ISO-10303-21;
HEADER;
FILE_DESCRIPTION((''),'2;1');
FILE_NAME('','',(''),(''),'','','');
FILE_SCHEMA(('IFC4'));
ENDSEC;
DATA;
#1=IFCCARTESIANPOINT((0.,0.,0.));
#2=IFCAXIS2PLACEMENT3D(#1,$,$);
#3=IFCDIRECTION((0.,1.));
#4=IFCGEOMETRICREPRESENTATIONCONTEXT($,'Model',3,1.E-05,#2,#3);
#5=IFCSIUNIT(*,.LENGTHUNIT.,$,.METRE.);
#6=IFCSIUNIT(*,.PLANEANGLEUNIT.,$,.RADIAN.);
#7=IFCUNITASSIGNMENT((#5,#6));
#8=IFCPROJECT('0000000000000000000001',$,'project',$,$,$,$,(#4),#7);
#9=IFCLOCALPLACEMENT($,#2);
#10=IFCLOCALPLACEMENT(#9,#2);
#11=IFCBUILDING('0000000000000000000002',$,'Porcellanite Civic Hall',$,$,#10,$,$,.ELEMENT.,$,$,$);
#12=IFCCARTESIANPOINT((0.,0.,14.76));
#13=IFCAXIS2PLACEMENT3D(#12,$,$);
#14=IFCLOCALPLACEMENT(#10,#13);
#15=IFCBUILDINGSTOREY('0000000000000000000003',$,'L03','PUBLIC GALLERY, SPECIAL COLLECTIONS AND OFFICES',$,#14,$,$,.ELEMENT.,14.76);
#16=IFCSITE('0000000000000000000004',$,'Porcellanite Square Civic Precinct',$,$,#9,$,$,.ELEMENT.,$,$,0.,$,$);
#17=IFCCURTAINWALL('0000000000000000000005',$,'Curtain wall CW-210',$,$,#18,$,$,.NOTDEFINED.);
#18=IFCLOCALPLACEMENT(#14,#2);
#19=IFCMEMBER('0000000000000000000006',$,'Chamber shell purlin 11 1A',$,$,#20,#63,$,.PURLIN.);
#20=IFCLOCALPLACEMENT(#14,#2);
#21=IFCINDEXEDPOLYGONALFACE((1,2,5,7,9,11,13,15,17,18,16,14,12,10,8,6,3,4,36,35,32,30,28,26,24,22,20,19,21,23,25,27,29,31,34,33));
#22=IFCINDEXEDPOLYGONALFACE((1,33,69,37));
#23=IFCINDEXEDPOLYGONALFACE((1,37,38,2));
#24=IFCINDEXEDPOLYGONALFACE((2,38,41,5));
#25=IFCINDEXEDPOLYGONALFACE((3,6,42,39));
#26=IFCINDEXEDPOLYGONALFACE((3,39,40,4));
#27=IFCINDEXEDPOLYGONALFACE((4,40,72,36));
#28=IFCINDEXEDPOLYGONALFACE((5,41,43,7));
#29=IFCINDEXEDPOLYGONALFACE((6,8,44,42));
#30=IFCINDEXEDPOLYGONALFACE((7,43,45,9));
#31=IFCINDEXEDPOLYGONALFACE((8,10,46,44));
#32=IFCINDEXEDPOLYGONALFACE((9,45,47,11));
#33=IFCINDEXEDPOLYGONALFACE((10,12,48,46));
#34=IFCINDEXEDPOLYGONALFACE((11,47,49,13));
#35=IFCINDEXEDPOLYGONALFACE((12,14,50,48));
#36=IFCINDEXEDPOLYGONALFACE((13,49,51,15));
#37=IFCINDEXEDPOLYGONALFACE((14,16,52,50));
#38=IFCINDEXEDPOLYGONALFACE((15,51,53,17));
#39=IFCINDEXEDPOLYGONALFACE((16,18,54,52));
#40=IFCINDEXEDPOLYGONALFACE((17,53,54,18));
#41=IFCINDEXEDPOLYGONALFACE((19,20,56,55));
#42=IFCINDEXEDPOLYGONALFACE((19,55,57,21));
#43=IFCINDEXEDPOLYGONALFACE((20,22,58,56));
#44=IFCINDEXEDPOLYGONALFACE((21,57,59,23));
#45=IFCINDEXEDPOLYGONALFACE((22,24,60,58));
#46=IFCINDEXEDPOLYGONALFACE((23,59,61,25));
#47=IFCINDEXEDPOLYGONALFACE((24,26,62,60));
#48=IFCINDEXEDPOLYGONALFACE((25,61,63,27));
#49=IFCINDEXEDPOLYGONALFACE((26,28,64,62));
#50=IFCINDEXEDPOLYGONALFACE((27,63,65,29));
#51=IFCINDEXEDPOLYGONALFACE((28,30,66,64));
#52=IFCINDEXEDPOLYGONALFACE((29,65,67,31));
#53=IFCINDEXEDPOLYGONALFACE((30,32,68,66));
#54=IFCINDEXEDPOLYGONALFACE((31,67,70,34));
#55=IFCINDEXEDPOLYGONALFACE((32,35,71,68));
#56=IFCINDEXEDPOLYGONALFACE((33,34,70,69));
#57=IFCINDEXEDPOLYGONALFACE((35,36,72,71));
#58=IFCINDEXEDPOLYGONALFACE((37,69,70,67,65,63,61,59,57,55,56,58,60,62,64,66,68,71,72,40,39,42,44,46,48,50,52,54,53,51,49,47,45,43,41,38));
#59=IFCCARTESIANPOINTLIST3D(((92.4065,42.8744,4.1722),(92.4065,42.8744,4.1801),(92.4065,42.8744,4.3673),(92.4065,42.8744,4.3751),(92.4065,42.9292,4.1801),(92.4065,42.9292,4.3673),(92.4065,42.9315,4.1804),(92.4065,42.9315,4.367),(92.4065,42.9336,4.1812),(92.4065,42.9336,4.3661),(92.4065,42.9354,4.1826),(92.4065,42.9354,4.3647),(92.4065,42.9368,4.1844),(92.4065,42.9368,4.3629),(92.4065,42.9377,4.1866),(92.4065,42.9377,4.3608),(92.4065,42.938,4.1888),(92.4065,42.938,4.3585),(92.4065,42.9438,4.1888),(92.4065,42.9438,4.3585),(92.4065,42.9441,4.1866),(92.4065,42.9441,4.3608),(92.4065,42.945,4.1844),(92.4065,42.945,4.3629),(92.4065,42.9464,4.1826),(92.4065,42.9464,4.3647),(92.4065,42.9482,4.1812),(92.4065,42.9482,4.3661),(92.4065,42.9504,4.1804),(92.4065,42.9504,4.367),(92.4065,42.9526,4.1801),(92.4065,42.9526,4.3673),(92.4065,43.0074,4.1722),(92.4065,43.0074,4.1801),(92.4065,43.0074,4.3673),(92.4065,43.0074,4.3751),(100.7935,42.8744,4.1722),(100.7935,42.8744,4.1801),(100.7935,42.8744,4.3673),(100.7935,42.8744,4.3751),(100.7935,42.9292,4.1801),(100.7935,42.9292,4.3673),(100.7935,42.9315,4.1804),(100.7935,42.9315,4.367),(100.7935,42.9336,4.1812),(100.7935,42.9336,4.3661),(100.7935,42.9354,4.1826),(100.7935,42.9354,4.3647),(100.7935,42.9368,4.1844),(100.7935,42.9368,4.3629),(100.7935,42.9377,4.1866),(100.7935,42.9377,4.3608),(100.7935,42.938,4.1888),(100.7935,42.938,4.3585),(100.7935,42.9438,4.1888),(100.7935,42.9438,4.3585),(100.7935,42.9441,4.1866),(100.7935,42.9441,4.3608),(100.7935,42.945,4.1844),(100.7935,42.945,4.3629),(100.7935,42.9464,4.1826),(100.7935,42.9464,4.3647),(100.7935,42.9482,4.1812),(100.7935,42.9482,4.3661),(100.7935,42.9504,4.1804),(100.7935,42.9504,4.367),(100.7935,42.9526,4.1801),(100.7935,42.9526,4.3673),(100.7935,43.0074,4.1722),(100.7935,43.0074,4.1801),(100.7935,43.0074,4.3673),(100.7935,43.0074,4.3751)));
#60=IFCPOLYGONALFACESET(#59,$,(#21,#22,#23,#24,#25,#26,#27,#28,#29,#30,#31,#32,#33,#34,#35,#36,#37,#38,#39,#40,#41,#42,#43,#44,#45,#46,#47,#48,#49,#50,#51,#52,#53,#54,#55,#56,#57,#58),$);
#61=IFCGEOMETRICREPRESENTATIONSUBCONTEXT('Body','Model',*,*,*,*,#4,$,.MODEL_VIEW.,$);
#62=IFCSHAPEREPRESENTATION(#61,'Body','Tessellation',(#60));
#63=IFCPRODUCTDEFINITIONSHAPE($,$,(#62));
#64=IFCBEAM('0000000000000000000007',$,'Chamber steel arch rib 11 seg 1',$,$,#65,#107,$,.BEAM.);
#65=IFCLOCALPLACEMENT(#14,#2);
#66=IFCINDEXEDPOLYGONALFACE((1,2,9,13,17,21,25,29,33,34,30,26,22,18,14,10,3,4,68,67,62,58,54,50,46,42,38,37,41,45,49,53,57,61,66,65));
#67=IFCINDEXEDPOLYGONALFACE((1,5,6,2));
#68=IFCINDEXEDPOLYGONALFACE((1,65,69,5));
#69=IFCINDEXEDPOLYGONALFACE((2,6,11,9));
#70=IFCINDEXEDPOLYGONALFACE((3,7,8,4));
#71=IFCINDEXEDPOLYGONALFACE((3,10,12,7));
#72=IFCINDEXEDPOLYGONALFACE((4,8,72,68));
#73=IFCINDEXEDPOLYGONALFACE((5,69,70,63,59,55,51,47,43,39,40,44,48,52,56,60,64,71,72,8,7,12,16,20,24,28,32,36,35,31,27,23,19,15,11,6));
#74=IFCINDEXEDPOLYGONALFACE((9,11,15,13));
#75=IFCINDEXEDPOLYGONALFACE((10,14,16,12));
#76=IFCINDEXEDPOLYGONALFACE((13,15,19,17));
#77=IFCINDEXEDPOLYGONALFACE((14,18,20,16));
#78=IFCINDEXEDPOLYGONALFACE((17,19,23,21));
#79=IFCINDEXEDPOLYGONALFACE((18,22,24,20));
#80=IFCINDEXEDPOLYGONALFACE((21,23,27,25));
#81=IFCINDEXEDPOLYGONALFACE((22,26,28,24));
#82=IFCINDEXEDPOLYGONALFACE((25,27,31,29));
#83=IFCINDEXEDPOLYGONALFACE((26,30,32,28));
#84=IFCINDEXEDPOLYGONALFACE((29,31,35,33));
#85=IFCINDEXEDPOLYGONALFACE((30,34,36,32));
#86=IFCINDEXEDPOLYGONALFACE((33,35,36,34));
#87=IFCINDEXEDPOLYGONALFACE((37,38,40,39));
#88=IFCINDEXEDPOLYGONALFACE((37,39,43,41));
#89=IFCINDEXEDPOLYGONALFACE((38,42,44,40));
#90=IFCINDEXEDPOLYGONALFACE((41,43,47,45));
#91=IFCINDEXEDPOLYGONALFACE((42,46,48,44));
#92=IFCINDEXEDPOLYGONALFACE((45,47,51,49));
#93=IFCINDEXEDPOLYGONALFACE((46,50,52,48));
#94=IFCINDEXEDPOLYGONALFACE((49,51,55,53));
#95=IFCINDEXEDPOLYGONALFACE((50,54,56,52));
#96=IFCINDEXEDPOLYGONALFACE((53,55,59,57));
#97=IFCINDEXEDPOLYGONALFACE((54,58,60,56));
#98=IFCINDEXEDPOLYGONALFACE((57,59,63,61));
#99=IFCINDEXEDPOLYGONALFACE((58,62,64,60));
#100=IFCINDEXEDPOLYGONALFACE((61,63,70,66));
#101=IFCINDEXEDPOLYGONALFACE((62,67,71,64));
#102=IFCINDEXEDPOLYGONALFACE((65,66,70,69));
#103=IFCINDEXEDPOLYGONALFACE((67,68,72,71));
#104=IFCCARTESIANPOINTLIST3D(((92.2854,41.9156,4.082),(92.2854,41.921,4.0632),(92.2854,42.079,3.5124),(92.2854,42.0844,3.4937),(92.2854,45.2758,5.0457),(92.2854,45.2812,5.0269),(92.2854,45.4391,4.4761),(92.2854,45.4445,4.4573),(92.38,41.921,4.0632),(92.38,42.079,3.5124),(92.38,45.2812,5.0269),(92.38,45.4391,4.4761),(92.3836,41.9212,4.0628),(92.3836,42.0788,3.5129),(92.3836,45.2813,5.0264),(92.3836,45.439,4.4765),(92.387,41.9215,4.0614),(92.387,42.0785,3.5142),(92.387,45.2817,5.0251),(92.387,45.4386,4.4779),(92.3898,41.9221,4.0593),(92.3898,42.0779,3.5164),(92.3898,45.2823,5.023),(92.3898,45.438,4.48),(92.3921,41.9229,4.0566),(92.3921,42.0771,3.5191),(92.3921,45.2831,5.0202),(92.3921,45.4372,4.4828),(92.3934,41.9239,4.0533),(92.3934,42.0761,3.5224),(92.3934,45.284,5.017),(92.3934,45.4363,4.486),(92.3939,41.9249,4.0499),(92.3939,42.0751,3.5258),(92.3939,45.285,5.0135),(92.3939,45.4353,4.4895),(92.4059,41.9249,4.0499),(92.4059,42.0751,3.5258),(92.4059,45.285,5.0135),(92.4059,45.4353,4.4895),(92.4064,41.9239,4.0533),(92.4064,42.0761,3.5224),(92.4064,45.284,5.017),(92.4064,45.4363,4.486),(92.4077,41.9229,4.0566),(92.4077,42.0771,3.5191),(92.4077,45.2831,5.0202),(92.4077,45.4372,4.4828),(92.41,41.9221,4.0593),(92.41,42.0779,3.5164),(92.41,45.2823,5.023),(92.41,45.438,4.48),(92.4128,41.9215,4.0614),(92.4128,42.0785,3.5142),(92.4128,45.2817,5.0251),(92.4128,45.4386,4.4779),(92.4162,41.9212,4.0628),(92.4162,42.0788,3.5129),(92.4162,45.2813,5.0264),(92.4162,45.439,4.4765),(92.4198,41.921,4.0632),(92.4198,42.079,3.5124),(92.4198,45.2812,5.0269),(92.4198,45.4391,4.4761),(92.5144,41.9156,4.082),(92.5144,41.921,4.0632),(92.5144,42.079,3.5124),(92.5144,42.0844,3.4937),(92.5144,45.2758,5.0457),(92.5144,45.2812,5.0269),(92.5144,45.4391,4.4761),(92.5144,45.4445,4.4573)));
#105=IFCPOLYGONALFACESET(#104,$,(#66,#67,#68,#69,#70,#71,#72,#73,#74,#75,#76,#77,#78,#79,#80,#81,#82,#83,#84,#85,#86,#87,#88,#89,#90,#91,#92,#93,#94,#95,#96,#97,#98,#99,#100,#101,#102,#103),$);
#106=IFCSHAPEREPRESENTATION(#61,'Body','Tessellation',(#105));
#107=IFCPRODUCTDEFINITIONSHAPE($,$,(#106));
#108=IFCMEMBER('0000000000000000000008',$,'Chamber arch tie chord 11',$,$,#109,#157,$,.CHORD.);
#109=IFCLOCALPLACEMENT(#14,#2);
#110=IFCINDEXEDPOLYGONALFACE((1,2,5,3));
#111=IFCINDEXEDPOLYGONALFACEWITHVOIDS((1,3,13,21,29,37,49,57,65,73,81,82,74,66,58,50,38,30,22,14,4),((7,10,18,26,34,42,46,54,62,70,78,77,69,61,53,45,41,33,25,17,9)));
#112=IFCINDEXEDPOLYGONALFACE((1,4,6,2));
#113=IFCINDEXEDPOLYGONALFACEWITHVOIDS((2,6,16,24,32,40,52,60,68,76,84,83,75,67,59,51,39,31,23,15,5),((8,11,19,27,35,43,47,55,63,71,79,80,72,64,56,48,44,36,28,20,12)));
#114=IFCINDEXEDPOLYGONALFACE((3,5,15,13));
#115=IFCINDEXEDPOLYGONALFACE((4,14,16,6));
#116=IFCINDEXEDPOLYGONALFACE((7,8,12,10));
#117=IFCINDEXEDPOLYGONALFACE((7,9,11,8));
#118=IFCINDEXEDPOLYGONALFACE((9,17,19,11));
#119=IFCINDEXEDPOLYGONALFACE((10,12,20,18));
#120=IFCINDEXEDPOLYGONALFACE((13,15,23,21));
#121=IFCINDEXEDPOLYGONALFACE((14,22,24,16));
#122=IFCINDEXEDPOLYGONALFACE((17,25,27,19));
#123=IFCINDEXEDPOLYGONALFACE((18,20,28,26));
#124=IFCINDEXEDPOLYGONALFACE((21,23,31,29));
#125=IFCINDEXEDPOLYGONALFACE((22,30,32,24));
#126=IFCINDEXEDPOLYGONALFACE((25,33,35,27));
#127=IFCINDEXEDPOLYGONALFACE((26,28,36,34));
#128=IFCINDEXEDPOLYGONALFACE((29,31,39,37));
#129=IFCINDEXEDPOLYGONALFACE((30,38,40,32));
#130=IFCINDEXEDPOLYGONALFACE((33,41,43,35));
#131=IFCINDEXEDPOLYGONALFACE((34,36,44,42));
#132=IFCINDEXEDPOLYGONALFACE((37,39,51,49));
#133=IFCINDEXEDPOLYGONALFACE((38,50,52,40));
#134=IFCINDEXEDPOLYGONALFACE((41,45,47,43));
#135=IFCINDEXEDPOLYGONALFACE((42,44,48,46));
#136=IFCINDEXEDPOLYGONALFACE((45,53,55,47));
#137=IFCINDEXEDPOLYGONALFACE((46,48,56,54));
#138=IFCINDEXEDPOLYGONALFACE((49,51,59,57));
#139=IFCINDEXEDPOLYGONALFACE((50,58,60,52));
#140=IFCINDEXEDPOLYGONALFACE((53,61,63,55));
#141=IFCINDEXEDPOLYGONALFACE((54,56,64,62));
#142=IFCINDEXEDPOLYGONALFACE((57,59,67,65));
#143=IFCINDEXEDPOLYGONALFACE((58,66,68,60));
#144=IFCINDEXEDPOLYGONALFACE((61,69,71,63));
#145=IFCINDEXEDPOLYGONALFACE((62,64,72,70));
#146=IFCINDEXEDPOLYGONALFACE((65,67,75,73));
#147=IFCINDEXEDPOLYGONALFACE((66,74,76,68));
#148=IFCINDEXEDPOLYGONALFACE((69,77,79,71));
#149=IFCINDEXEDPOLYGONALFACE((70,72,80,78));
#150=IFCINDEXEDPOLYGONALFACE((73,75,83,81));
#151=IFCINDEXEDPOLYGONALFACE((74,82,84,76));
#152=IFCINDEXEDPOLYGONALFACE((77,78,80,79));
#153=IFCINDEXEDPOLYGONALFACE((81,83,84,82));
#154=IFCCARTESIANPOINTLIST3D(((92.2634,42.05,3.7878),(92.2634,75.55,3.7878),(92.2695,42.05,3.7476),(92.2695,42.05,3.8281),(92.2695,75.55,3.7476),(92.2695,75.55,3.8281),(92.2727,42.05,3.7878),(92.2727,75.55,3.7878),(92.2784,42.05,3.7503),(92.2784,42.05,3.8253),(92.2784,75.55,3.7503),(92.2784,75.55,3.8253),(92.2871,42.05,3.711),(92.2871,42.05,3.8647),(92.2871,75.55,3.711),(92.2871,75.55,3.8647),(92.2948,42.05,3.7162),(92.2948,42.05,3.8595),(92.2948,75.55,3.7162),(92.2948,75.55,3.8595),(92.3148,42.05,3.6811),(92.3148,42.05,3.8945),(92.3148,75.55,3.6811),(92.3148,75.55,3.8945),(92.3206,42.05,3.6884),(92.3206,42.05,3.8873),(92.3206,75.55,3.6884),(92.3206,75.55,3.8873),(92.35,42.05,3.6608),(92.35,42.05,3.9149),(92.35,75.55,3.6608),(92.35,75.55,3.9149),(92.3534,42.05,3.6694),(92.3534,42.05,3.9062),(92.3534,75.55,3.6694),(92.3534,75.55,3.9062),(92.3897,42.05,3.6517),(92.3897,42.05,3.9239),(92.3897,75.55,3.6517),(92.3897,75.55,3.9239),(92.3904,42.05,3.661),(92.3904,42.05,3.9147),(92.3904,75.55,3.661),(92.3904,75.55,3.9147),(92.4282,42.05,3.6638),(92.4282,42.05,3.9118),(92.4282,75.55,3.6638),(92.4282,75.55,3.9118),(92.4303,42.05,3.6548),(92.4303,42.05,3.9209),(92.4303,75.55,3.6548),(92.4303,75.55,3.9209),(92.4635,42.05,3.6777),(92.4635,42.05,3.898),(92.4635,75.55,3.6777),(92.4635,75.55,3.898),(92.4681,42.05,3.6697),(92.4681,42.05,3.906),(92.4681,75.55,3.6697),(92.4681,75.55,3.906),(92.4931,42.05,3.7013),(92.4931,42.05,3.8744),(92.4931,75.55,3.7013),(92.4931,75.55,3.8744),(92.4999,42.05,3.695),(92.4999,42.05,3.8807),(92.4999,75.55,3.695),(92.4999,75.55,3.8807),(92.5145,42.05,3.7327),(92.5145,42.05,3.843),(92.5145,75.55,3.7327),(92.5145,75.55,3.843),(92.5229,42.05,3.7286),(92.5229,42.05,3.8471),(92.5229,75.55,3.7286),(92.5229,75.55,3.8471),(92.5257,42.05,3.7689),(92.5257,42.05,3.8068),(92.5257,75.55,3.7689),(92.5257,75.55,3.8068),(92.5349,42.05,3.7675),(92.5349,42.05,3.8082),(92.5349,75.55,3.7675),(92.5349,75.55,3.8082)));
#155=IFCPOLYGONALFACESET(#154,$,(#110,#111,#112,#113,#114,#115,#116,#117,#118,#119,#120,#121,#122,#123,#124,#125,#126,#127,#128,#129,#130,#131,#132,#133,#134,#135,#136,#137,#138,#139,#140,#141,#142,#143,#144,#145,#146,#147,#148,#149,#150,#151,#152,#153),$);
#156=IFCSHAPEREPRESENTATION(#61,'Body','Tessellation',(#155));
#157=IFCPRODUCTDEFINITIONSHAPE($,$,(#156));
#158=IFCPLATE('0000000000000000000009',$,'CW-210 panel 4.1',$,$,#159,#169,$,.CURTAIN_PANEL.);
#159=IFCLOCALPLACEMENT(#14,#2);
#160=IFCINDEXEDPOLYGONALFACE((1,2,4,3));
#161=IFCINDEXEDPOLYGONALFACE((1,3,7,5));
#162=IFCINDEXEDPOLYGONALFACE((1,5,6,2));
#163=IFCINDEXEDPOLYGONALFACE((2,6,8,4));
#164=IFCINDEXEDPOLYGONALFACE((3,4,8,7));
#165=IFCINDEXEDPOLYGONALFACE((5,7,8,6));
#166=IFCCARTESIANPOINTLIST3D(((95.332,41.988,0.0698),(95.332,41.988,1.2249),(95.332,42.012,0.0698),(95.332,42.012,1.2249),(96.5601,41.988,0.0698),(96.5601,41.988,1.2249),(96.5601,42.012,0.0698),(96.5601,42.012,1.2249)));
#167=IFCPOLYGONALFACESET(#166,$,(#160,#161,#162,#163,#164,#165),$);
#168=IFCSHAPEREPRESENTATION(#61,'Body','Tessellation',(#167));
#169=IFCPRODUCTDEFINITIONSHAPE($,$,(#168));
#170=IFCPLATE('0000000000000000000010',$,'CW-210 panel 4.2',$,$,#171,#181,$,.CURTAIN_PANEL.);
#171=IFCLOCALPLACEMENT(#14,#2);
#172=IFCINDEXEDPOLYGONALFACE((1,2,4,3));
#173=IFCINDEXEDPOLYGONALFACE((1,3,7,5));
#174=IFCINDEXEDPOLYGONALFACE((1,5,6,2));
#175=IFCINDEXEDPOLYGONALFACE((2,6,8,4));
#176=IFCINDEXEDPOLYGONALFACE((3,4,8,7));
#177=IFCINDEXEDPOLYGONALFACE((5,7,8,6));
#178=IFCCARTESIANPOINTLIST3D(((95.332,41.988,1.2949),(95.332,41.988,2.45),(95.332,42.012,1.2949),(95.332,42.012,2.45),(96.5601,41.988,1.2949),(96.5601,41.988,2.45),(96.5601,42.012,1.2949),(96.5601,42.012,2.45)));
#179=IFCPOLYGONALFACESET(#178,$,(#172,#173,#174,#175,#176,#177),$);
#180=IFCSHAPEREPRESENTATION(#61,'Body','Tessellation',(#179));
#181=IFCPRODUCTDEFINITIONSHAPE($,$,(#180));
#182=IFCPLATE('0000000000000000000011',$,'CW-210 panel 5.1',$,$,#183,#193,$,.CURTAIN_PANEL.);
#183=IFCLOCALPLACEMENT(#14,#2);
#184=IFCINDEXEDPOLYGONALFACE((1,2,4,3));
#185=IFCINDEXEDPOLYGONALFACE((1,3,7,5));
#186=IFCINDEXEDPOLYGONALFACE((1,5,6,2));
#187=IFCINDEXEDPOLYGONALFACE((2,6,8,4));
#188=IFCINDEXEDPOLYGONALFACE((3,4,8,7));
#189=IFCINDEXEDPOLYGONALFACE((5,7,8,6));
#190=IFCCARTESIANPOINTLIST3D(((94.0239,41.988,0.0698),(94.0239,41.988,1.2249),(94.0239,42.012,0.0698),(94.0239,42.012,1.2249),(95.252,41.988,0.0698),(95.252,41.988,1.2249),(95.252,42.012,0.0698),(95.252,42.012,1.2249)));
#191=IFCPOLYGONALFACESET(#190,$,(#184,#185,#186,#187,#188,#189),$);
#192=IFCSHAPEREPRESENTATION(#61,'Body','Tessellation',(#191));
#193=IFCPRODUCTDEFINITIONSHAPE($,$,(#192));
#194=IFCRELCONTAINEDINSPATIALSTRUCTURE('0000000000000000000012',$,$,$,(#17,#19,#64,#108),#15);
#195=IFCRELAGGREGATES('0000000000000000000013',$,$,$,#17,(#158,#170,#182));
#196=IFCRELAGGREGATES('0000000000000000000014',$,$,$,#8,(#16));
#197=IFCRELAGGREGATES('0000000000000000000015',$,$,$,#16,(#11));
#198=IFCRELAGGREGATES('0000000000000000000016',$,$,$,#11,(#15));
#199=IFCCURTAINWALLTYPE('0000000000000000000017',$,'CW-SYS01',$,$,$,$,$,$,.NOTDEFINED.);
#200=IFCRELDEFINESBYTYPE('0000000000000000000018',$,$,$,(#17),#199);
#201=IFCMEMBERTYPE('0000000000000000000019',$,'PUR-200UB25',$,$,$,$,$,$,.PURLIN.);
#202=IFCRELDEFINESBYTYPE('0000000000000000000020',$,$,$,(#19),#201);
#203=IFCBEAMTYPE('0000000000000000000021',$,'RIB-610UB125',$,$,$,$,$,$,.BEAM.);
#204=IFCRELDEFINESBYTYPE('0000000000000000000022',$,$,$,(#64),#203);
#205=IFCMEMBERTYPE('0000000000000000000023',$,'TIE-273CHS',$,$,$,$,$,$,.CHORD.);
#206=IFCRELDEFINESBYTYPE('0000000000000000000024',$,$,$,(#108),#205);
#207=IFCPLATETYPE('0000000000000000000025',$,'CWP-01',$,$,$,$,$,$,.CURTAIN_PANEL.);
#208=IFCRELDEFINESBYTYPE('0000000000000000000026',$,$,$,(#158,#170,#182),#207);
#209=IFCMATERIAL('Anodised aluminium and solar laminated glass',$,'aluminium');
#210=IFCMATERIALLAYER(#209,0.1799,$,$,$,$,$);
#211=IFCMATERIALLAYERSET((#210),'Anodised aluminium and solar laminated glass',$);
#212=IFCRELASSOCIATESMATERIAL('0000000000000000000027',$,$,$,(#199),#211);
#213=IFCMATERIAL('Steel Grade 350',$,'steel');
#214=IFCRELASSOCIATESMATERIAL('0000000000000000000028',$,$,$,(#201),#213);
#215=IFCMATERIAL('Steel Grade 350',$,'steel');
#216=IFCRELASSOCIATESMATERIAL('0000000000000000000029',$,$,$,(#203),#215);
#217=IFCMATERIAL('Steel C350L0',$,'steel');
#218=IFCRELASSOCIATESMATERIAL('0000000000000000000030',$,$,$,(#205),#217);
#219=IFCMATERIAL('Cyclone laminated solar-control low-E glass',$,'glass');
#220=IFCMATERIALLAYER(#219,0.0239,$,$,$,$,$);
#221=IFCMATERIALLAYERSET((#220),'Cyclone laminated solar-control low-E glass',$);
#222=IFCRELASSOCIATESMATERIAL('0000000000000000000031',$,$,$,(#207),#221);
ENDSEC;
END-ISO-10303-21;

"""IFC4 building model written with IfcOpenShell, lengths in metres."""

from ifc_helpers import new_model, si_unit, direction, frame, origin, origin_2d, place, context, subcontext, project, spatial, rectangle, hollow_circle, i_section, extrude, material, layer, layer_set, material_profile, profile_set, type_object, element, aggregate, save


model = new_model("IFC4")

# Units and contexts
model_context = context("Model", 3, precision=1e-05, world=origin(), true_north=direction((0.0, 1.0)))
body_context = subcontext(model_context, "Body", "Model", "MODEL_VIEW")
ifc_project = project(units=[si_unit("LENGTHUNIT", "METRE"), si_unit("PLANEANGLEUNIT", "RADIAN")], contexts=[model_context])

# Site, building, storey
site_placement = place(None, origin())
site = spatial("IfcSite", under=ifc_project, at=site_placement, Name="Porcellanite Square Civic Precinct", CompositionType="ELEMENT", RefElevation=0.0)
building_placement = place(site_placement, origin())
building = spatial("IfcBuilding", under=site, at=building_placement, Name="Porcellanite Civic Hall", CompositionType="ELEMENT")
storey_placement = place(building_placement, frame((0.0, 0.0, 14.76)))
storey = spatial("IfcBuildingStorey", under=building, at=storey_placement, Name="L03", Description="PUBLIC GALLERY, SPECIAL COLLECTIONS AND OFFICES", CompositionType="ELEMENT", Elevation=14.76)

# Curtain wall
ifc_material_1 = material(Name="Anodised aluminium and solar laminated glass", Category="aluminium")
ifc_layer_1 = layer(ifc_material_1, 0.1799)
ifc_layer_set_1 = layer_set([ifc_layer_1], Name="Anodised aluminium and solar laminated glass")
curtain_wall_type = type_object("IfcCurtainWallType", Name="CW-SYS01", PredefinedType="NOTDEFINED", material=ifc_layer_set_1)
curtain_wall_placement = place(storey_placement, origin())
curtain_wall = element("IfcCurtainWall", 1, at=curtain_wall_placement, inside=storey, type_object=curtain_wall_type, Name="Curtain wall CW-210", PredefinedType="NOTDEFINED")

# Member
ifc_material_2 = material(Name="Steel Grade 350", Category="steel")
ifc_material_profile_1 = material_profile(ifc_material_2, i_section(OverallWidth=0.1331, OverallDepth=0.2029, WebThickness=0.0059, FlangeThickness=0.0078, FilletRadius=0.0088, at=origin_2d()), Name="200UB25.4")
ifc_profile_set_1 = profile_set([ifc_material_profile_1], Name="Steel Grade 350")
member_type_1 = type_object("IfcMemberType", Name="PUR-200UB25", PredefinedType="PURLIN", material=ifc_profile_set_1)
member_1_placement = place(storey_placement, frame((92.4065, 42.9409, 4.2737), z_axis=(1.0, 0.0, 0.0), x_axis=(0.0, 1.0, 0.0)))
element("IfcMember", 2, at=member_1_placement, inside=storey, type_object=member_type_1, Name="Chamber shell purlin 11 1A", PredefinedType="PURLIN", context=body_context, shape_type="SweptSolid", body=[
    extrude(i_section(OverallWidth=0.1331, OverallDepth=0.2029, WebThickness=0.0059, FlangeThickness=0.0078, FilletRadius=0.0088, at=origin_2d()), origin(), (0.0, 0.0, 1.0), 8.387),
])

# Beam
ifc_material_3 = material(Name="Steel Grade 350", Category="steel")
ifc_material_profile_2 = material_profile(ifc_material_3, i_section(OverallWidth=0.229, OverallDepth=0.6121, WebThickness=0.012, FlangeThickness=0.0195, FilletRadius=0.0139, at=origin_2d()), Name="610UB125")
ifc_profile_set_2 = profile_set([ifc_material_profile_2], Name="Steel Grade 350")
beam_type_1 = type_object("IfcBeamType", Name="RIB-610UB125", PredefinedType="BEAM", material=ifc_profile_set_2)
beam_1_placement = place(storey_placement, frame((92.3999, 42.0, 3.7878), z_axis=(0.0, 0.961252, 0.275671), x_axis=(-1.0, 0.0, 0.0)))
element("IfcBeam", 3, at=beam_1_placement, inside=storey, type_object=beam_type_1, Name="Chamber steel arch rib 11 seg 1", PredefinedType="BEAM", context=body_context, shape_type="SweptSolid", body=[
    extrude(i_section(OverallWidth=0.229, OverallDepth=0.6121, WebThickness=0.012, FlangeThickness=0.0195, FilletRadius=0.0139, at=origin_2d()), origin(), (0.0, 0.0, 1.0), 3.4956),
])

# Member
ifc_material_4 = material(Name="Steel C350L0", Category="steel")
ifc_material_profile_3 = material_profile(ifc_material_4, hollow_circle(Radius=0.1365, WallThickness=0.0093, at=origin_2d()), Name="273.1x9.3CHS")
ifc_profile_set_3 = profile_set([ifc_material_profile_3], Name="Steel C350L0")
member_type_2 = type_object("IfcMemberType", Name="TIE-273CHS", PredefinedType="CHORD", material=ifc_profile_set_3)
member_2_placement = place(storey_placement, frame((92.3999, 42.05, 3.7878), z_axis=(0.0, 1.0, 0.0), x_axis=(-1.0, 0.0, 0.0)))
element("IfcMember", 4, at=member_2_placement, inside=storey, type_object=member_type_2, Name="Chamber arch tie chord 11", PredefinedType="CHORD", context=body_context, shape_type="SweptSolid", body=[
    extrude(hollow_circle(Radius=0.1365, WallThickness=0.0093, at=origin_2d()), origin(), (0.0, 0.0, 1.0), 33.5),
])

# Plates
ifc_material_5 = material(Name="Cyclone laminated solar-control low-E glass", Category="glass")
ifc_layer_2 = layer(ifc_material_5, 0.0239)
ifc_layer_set_2 = layer_set([ifc_layer_2], Name="Cyclone laminated solar-control low-E glass")
plate_type = type_object("IfcPlateType", Name="CWP-01", PredefinedType="CURTAIN_PANEL", material=ifc_layer_set_2)
plate_1_placement = place(storey_placement, frame((95.946, 42.0, 0.0698), z_axis=(0.0, 0.0, 1.0), x_axis=(-1.0, 0.0, 0.0)))
plate_1 = element("IfcPlate", 5, at=plate_1_placement, type_object=plate_type, Name="CW-210 panel 4.1", PredefinedType="CURTAIN_PANEL", context=body_context, shape_type="SweptSolid", body=[
    extrude(rectangle(XDim=1.228, YDim=0.0239, at=origin_2d()), origin(), (0.0, 0.0, 1.0), 1.155),
])
plate_2_placement = place(storey_placement, frame((95.946, 42.0, 1.2949), z_axis=(0.0, 0.0, 1.0), x_axis=(-1.0, 0.0, 0.0)))
plate_2 = element("IfcPlate", 6, at=plate_2_placement, type_object=plate_type, Name="CW-210 panel 4.2", PredefinedType="CURTAIN_PANEL", context=body_context, shape_type="SweptSolid", body=[
    extrude(rectangle(XDim=1.228, YDim=0.0239, at=origin_2d()), origin(), (0.0, 0.0, 1.0), 1.155),
])
plate_3_placement = place(storey_placement, frame((94.6379, 42.0, 0.0698), z_axis=(0.0, 0.0, 1.0), x_axis=(-1.0, 0.0, 0.0)))
plate_3 = element("IfcPlate", 7, at=plate_3_placement, type_object=plate_type, Name="CW-210 panel 5.1", PredefinedType="CURTAIN_PANEL", context=body_context, shape_type="SweptSolid", body=[
    extrude(rectangle(XDim=1.228, YDim=0.0239, at=origin_2d()), origin(), (0.0, 0.0, 1.0), 1.155),
])
aggregate(curtain_wall, [plate_1, plate_2, plate_3])

save(model, "model.ifc")
